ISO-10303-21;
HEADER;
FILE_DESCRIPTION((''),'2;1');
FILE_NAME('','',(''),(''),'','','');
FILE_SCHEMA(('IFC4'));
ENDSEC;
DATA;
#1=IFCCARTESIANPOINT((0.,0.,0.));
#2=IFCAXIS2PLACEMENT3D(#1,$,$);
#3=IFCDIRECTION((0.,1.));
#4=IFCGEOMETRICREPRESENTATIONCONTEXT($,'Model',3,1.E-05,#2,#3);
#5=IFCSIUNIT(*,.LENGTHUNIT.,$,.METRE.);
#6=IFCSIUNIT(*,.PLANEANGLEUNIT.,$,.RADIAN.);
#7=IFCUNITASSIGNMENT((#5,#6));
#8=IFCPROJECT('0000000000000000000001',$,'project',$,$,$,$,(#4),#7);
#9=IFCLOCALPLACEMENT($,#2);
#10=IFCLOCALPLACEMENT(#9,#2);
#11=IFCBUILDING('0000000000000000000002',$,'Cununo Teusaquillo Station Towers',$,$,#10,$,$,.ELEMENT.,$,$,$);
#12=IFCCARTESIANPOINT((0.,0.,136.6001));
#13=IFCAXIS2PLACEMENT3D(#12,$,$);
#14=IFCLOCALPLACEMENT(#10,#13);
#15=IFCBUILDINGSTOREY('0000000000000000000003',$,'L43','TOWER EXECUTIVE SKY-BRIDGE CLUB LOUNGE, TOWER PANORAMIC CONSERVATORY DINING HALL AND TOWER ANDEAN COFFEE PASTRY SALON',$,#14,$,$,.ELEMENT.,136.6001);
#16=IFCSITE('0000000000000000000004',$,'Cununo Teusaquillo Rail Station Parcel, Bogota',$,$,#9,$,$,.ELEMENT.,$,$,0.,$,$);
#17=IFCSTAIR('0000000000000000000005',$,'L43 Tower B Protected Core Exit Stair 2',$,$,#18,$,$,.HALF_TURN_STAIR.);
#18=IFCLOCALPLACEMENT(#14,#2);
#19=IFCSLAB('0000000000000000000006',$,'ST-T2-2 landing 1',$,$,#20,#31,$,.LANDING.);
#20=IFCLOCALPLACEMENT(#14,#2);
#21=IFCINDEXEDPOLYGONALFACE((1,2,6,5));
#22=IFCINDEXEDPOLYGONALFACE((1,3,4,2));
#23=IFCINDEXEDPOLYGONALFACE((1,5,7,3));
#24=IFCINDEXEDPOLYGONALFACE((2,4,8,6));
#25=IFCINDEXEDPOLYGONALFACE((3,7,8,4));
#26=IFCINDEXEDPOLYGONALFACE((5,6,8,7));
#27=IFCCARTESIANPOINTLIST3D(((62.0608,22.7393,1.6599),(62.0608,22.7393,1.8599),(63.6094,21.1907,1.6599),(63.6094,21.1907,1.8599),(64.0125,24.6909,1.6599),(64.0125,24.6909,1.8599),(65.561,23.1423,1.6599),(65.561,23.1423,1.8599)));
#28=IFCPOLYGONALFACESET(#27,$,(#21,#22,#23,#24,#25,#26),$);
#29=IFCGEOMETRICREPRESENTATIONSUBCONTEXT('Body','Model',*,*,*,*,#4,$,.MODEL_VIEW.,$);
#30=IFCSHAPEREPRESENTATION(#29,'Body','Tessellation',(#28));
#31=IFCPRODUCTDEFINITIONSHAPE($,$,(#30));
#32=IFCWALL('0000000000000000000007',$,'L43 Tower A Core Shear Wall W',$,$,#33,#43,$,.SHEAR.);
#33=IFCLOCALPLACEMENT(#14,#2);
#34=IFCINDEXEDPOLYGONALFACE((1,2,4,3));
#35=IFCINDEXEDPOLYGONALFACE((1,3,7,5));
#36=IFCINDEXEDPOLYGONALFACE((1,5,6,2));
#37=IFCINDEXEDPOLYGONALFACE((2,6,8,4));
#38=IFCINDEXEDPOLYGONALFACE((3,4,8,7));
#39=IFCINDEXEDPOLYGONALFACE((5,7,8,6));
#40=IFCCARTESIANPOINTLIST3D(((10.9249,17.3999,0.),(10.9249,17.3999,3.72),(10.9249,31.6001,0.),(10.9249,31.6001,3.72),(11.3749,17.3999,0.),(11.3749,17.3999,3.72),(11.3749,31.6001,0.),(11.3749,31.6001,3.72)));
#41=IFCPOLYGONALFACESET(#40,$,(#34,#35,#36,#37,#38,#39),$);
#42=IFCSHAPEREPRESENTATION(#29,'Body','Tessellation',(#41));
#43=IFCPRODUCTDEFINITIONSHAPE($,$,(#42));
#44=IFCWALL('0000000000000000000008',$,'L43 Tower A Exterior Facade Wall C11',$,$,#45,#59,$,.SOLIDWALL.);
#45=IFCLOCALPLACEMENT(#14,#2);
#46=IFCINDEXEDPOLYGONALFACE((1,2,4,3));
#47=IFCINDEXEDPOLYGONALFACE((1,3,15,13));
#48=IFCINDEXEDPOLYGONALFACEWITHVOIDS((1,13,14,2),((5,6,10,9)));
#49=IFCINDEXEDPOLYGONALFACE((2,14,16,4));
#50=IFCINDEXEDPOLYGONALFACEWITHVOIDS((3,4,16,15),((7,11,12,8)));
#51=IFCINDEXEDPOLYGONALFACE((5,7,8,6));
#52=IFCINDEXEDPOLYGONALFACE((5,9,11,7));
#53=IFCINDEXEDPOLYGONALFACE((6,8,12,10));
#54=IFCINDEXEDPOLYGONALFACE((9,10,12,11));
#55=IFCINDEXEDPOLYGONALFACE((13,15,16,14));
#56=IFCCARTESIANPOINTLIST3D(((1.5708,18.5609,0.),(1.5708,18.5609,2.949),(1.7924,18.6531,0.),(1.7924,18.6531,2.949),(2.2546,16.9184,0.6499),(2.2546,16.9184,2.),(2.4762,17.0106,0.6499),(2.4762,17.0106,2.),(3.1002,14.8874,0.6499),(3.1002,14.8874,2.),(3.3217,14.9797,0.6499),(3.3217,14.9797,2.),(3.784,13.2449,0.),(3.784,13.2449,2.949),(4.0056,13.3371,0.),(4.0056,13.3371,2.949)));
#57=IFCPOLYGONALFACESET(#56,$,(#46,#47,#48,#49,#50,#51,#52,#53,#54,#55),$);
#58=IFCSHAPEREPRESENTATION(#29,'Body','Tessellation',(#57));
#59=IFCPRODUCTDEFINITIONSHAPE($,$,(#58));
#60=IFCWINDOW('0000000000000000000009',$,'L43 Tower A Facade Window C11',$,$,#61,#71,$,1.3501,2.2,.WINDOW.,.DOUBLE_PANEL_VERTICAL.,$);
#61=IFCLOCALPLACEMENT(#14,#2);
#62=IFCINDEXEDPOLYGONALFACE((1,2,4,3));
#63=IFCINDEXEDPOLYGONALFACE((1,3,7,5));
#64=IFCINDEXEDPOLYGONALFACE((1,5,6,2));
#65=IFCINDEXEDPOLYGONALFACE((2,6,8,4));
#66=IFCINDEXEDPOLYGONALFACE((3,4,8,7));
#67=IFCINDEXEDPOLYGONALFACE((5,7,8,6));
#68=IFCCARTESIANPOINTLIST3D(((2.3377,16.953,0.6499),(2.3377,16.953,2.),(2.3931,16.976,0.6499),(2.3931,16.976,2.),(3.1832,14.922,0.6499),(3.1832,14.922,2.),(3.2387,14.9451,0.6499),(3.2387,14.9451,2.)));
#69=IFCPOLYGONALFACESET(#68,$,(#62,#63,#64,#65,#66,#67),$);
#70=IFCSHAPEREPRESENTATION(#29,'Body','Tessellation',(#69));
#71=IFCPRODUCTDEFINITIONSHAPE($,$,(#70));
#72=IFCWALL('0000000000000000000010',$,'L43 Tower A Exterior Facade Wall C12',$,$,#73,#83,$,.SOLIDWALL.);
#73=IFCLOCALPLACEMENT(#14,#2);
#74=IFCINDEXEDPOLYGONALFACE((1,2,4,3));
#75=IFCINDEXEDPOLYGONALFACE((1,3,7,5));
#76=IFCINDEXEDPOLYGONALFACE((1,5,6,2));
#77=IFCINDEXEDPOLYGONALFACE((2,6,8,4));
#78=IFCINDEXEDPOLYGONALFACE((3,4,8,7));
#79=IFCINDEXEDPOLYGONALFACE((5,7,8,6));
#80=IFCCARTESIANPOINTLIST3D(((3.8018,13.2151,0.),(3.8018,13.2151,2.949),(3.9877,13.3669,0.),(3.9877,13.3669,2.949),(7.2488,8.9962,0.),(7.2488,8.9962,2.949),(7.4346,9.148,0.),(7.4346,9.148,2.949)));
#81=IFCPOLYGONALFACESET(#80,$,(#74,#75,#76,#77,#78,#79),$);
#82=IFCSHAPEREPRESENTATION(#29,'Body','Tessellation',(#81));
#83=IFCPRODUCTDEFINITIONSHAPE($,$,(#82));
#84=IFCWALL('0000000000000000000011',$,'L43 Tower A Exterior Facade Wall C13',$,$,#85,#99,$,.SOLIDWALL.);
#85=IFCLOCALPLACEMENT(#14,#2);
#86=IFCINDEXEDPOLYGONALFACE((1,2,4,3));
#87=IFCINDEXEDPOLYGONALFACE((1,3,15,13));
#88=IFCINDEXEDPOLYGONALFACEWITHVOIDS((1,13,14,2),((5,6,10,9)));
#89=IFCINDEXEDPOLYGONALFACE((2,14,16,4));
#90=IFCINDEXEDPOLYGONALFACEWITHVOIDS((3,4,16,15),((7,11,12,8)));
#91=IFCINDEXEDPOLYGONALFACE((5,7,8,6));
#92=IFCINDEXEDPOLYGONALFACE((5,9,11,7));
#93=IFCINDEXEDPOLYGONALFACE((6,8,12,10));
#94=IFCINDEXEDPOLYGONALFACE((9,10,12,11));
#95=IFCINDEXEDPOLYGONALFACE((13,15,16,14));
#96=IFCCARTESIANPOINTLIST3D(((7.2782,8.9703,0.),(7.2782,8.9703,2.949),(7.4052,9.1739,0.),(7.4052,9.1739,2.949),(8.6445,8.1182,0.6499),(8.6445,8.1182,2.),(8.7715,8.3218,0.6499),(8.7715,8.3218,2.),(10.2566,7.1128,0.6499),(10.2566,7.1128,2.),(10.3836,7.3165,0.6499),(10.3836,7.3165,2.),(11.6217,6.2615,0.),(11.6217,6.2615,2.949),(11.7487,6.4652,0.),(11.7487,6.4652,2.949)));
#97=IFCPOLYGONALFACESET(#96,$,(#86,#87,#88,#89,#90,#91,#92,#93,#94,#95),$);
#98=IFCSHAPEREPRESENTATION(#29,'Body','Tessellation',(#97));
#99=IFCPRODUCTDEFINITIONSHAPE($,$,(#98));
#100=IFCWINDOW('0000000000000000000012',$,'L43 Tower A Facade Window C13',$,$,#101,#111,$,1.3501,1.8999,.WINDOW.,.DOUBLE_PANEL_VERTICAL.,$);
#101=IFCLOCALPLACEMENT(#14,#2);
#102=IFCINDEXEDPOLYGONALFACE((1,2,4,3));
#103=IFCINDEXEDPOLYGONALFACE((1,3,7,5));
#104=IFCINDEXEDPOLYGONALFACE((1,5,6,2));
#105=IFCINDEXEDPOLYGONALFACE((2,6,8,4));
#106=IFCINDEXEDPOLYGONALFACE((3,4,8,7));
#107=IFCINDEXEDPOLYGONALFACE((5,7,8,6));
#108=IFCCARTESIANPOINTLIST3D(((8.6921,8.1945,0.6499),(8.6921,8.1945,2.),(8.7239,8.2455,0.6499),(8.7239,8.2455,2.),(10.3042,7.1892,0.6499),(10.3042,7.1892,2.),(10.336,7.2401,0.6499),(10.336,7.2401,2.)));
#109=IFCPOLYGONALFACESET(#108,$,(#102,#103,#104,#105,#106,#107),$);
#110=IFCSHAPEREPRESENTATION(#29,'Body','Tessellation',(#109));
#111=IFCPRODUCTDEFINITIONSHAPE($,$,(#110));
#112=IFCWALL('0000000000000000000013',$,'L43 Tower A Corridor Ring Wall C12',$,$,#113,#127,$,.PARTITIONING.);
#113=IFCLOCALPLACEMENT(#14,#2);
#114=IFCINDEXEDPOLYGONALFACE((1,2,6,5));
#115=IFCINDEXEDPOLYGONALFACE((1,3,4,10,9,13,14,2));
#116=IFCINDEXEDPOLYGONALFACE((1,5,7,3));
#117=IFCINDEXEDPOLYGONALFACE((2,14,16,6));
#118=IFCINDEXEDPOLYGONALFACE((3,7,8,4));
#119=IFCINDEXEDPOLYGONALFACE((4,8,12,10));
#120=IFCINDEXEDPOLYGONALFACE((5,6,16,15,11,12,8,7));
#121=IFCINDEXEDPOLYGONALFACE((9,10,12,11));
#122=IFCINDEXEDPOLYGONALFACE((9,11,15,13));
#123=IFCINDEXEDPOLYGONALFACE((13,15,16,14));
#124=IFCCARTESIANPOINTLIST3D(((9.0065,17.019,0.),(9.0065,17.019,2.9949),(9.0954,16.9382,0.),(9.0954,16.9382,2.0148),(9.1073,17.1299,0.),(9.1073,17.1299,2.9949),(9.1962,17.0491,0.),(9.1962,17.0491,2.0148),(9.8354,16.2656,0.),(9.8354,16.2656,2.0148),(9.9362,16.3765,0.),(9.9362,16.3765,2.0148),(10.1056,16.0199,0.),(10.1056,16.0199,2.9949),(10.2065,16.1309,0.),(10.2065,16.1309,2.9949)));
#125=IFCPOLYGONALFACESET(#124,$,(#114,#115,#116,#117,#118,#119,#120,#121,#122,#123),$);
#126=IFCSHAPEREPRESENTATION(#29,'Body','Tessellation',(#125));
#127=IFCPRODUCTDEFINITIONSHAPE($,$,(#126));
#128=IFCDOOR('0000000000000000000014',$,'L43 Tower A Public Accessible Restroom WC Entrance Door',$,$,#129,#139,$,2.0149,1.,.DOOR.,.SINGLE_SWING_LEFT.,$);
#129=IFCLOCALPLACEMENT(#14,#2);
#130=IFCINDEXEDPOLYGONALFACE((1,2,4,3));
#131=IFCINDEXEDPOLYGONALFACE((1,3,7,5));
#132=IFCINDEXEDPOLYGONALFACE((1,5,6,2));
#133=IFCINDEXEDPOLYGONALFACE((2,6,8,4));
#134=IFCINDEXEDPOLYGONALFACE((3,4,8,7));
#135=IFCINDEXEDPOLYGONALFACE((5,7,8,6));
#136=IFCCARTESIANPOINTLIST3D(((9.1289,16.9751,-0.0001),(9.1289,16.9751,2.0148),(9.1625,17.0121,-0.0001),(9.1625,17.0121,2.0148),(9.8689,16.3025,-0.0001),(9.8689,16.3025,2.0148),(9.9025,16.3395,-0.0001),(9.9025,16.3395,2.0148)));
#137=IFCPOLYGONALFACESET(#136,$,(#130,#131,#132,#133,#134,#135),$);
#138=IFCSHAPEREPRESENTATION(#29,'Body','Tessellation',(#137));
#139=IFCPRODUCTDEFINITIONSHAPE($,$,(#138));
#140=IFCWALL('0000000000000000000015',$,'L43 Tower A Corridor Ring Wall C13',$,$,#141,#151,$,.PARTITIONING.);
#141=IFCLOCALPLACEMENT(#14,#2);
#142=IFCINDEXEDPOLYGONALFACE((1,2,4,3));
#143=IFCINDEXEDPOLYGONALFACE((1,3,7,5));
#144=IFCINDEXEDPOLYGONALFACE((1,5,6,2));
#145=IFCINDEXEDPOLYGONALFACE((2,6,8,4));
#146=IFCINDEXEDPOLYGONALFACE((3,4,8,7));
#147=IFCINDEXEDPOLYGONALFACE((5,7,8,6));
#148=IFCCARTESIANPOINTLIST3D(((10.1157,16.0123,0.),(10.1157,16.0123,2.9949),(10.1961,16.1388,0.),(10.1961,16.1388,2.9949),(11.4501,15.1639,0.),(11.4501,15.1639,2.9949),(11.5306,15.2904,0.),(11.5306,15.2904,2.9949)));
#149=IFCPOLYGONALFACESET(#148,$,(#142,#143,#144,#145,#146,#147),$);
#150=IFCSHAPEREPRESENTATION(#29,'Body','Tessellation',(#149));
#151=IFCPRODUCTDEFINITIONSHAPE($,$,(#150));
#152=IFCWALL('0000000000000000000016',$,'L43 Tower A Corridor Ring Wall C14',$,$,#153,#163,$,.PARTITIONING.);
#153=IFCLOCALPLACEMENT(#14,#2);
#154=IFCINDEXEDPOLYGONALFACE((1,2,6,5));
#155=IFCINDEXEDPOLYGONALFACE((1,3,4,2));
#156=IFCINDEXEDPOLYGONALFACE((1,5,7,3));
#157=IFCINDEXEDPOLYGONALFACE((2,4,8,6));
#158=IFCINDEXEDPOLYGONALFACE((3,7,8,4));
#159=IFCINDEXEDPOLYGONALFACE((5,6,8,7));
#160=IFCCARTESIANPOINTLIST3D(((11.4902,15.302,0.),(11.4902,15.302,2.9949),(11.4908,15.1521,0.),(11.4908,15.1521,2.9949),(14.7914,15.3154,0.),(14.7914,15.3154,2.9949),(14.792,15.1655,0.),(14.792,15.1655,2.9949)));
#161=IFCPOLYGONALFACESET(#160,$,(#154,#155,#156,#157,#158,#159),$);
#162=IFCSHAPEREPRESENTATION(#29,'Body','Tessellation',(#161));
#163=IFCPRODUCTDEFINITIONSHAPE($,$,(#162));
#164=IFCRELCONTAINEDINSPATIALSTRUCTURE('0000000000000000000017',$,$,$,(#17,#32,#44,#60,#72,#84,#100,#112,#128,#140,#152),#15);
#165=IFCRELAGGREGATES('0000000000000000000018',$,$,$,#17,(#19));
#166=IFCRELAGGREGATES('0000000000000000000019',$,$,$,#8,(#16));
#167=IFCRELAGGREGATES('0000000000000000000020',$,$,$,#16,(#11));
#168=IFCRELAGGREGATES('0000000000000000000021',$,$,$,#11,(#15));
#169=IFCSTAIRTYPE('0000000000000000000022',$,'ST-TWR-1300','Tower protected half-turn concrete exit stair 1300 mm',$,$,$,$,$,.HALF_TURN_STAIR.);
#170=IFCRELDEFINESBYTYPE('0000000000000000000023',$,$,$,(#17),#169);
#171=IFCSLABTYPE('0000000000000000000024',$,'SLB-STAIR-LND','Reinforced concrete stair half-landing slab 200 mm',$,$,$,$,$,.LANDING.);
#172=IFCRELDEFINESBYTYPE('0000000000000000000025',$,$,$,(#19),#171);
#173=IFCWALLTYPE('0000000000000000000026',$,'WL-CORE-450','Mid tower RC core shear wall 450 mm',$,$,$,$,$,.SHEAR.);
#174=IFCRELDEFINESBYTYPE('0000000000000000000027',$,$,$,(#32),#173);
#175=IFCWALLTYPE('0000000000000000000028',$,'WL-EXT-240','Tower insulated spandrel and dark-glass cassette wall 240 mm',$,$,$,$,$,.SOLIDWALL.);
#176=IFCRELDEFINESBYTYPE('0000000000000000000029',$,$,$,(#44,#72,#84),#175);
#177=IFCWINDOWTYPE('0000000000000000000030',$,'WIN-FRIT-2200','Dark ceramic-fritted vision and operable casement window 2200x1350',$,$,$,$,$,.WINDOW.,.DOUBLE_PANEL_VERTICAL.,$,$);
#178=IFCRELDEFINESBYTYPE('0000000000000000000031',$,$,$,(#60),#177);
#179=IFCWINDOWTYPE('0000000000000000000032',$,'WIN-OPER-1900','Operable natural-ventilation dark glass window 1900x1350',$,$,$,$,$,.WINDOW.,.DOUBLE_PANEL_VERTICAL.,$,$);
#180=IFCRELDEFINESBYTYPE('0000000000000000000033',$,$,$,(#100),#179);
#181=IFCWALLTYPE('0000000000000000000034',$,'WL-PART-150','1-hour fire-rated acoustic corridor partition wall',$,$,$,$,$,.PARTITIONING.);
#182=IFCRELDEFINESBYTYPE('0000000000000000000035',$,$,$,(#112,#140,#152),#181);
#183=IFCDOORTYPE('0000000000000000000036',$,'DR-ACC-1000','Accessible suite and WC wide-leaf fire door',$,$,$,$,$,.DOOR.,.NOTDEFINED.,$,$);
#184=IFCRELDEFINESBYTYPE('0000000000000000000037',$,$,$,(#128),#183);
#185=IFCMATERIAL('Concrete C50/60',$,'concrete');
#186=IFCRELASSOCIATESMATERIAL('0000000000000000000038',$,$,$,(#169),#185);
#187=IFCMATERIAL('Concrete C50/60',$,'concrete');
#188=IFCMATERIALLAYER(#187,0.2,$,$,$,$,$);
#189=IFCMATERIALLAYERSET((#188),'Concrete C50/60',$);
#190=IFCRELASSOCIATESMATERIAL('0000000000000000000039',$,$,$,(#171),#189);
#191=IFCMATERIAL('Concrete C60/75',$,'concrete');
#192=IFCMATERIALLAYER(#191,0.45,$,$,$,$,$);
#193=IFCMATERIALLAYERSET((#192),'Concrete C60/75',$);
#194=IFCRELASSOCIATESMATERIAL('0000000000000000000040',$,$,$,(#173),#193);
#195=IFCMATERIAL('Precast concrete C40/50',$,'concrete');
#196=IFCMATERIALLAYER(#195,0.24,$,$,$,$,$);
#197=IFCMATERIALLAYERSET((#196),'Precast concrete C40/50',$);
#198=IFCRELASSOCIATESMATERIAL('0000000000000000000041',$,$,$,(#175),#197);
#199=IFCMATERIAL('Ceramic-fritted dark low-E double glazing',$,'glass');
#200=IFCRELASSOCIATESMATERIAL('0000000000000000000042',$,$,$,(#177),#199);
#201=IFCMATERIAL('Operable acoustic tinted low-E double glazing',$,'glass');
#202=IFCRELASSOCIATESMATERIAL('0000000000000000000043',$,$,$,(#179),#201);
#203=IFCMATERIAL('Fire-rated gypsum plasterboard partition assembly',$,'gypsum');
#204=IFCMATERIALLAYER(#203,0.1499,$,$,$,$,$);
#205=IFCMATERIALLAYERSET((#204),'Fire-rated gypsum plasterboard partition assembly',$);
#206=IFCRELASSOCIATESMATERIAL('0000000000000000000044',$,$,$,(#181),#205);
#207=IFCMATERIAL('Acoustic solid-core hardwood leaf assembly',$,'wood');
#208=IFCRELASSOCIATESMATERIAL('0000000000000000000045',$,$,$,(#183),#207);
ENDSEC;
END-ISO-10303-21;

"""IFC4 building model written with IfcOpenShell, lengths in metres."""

from ifc_helpers import new_model, si_unit, direction, frame, frame_2d, origin, place, context, subcontext, project, spatial, polyline, rectangle, outline, extrude, source, transform, mapped, material, layer, layer_set, type_object, element, fill, aggregate, save


model = new_model("IFC4")

# Units and contexts
model_context = context("Model", 3, precision=1e-05, world=origin(), true_north=direction((0.0, 1.0)))
body_context = subcontext(model_context, "Body", "Model", "MODEL_VIEW")
ifc_project = project(units=[si_unit("LENGTHUNIT", "METRE"), si_unit("PLANEANGLEUNIT", "RADIAN")], contexts=[model_context])

# Site, building, storey
site_placement = place(None, origin())
site = spatial("IfcSite", under=ifc_project, at=site_placement, Name="Cununo Teusaquillo Rail Station Parcel, Bogota", CompositionType="ELEMENT", RefElevation=0.0)
building_placement = place(site_placement, origin())
building = spatial("IfcBuilding", under=site, at=building_placement, Name="Cununo Teusaquillo Station Towers", CompositionType="ELEMENT")
storey_placement = place(building_placement, frame((0.0, 0.0, 136.6001)))
storey = spatial("IfcBuildingStorey", under=building, at=storey_placement, Name="L43", Description="TOWER EXECUTIVE SKY-BRIDGE CLUB LOUNGE, TOWER PANORAMIC CONSERVATORY DINING HALL AND TOWER ANDEAN COFFEE PASTRY SALON", CompositionType="ELEMENT", Elevation=136.6001)

# Stair, slab
ifc_material_1 = material(Name="Concrete C50/60", Category="concrete")
stair_type = type_object("IfcStairType", Name="ST-TWR-1300", Description="Tower protected half-turn concrete exit stair 1300 mm", PredefinedType="HALF_TURN_STAIR", material=ifc_material_1)
ifc_material_2 = material(Name="Concrete C50/60", Category="concrete")
ifc_layer_1 = layer(ifc_material_2, 0.2)
ifc_layer_set_1 = layer_set([ifc_layer_1], Name="Concrete C50/60")
slab_type_1 = type_object("IfcSlabType", Name="SLB-STAIR-LND", Description="Reinforced concrete stair half-landing slab 200 mm", PredefinedType="LANDING", material=ifc_layer_set_1)
stair_1_placement = place(storey_placement, origin())
stair_1 = element("IfcStair", 1, at=stair_1_placement, inside=storey, type_object=stair_type, Name="L43 Tower B Protected Core Exit Stair 2", PredefinedType="HALF_TURN_STAIR")
slab_1_placement = place(storey_placement, frame((0.0, 0.0, 1.6599)))
slab_1 = element("IfcSlab", 2, at=slab_1_placement, type_object=slab_type_1, Name="ST-T2-2 landing 1", PredefinedType="LANDING", context=body_context, shape_type="SweptSolid", body=[
    extrude(outline(polyline([(62.0608, 22.7393), (63.6094, 21.1907), (65.561, 23.1423), (64.0125, 24.6909), (62.0608, 22.7393)])), origin(), (0.0, 0.0, 1.0), 0.2),
])
aggregate(stair_1, [slab_1])

# Wall
ifc_material_3 = material(Name="Concrete C60/75", Category="concrete")
ifc_layer_2 = layer(ifc_material_3, 0.45)
ifc_layer_set_2 = layer_set([ifc_layer_2], Name="Concrete C60/75")
wall_type_1 = type_object("IfcWallType", Name="WL-CORE-450", Description="Mid tower RC core shear wall 450 mm", PredefinedType="SHEAR", material=ifc_layer_set_2)
wall_1_placement = place(storey_placement, frame((11.1499, 17.3999, 0.0), z_axis=(0.0, 0.0, 1.0), x_axis=(0.0, 1.0, 0.0)))
element("IfcWall", 3, at=wall_1_placement, inside=storey, type_object=wall_type_1, Name="L43 Tower A Core Shear Wall W", PredefinedType="SHEAR", context=body_context, shape_type="SweptSolid", body=[
    extrude(rectangle(XDim=14.2002, YDim=0.45, at=frame_2d((7.1001, 0.0))), origin(), (0.0, 0.0, 1.0), 3.72),
])

# Wall, opening, window
ifc_material_4 = material(Name="Precast concrete C40/50", Category="concrete")
ifc_layer_3 = layer(ifc_material_4, 0.24)
ifc_layer_set_3 = layer_set([ifc_layer_3], Name="Precast concrete C40/50")
wall_type_2 = type_object("IfcWallType", Name="WL-EXT-240", Description="Tower insulated spandrel and dark-glass cassette wall 240 mm", PredefinedType="SOLIDWALL", material=ifc_layer_set_3)
wall_2_placement = place(storey_placement, frame((3.8948, 13.291, 0.0), z_axis=(0.0, 0.0, 1.0), x_axis=(-0.384344, 0.92319, 0.0)))
wall_2 = element("IfcWall", 4, at=wall_2_placement, inside=storey, type_object=wall_type_2, Name="L43 Tower A Exterior Facade Wall C11", PredefinedType="SOLIDWALL", context=body_context, shape_type="SweptSolid", body=[
    extrude(rectangle(XDim=5.7583, YDim=0.24, at=frame_2d((2.8792, 0.0))), origin(), (0.0, 0.0, 1.0), 2.949),
])
shared_shape_1 = source(origin(), body_context, "Body", "SweptSolid", [
    extrude(rectangle(XDim=2.2, YDim=1.3501, at=frame_2d((1.1001, 0.675))), frame((0.0, 0.1299, 0.0), z_axis=(0.0, -1.0, 0.0), x_axis=(1.0, 0.0, 0.0)), (0.0, 0.0, 1.0), 0.26),
])
opening_1_placement = place(wall_2_placement, frame((1.7791, 0.0, 0.6499)))
opening_1 = element("IfcOpeningElement", 5, at=opening_1_placement, cuts=wall_2, PredefinedType="OPENING", context=body_context, shape_type="MappedRepresentation", body=[
    mapped(shared_shape_1, transform((0.0, 0.0, 0.0), x_axis=(1.0, 0.0, 0.0), y_axis=(0.0, 1.0, 0.0), z_axis=(0.0, 0.0, 1.0), scale=1.0)),
])
ifc_material_5 = material(Name="Ceramic-fritted dark low-E double glazing", Category="glass")
window_type_1 = type_object("IfcWindowType", Name="WIN-FRIT-2200", Description="Dark ceramic-fritted vision and operable casement window 2200x1350", PartitioningType="DOUBLE_PANEL_VERTICAL", PredefinedType="WINDOW", material=ifc_material_5)
shared_shape_2 = source(origin(), body_context, "Body", "SweptSolid", [
    extrude(rectangle(XDim=2.2, YDim=1.3501, at=frame_2d((1.1001, 0.675))), frame((0.0, 0.03, 0.0), z_axis=(0.0, -1.0, 0.0), x_axis=(1.0, 0.0, 0.0)), (0.0, 0.0, 1.0), 0.0601),
])
window_1_placement = place(opening_1_placement, origin())
window_1 = element("IfcWindow", 6, at=window_1_placement, inside=storey, type_object=window_type_1, Name="L43 Tower A Facade Window C11", OverallHeight=1.3501, OverallWidth=2.2, PartitioningType="DOUBLE_PANEL_VERTICAL", PredefinedType="WINDOW", context=body_context, shape_type="MappedRepresentation", body=[
    mapped(shared_shape_2, transform((0.0, 0.0, 0.0), x_axis=(1.0, 0.0, 0.0), y_axis=(0.0, 1.0, 0.0), z_axis=(0.0, 0.0, 1.0), scale=1.0)),
])
fill(opening_1, window_1)

# Wall
wall_3_placement = place(storey_placement, frame((7.3418, 9.072, 0.0), z_axis=(0.0, 0.0, 1.0), x_axis=(-0.632701, 0.774396, 0.0)))
element("IfcWall", 7, at=wall_3_placement, inside=storey, type_object=wall_type_2, Name="L43 Tower A Exterior Facade Wall C12", PredefinedType="SOLIDWALL", context=body_context, shape_type="SweptSolid", body=[
    extrude(rectangle(XDim=5.448, YDim=0.24, at=frame_2d((2.7241, 0.0))), origin(), (0.0, 0.0, 1.0), 2.949),
])

# Wall, opening, window
wall_4_placement = place(storey_placement, frame((11.6853, 6.3633, 0.0), z_axis=(0.0, 0.0, 1.0), x_axis=(-0.84852, 0.529163, 0.0)))
wall_4 = element("IfcWall", 8, at=wall_4_placement, inside=storey, type_object=wall_type_2, Name="L43 Tower A Exterior Facade Wall C13", PredefinedType="SOLIDWALL", context=body_context, shape_type="SweptSolid", body=[
    extrude(rectangle(XDim=5.1189, YDim=0.24, at=frame_2d((2.5596, 0.0))), origin(), (0.0, 0.0, 1.0), 2.949),
])
shared_shape_3 = source(origin(), body_context, "Body", "SweptSolid", [
    extrude(rectangle(XDim=1.8999, YDim=1.3501, at=frame_2d((0.95, 0.675))), frame((0.0, 0.1299, 0.0), z_axis=(0.0, -1.0, 0.0), x_axis=(1.0, 0.0, 0.0)), (0.0, 0.0, 1.0), 0.26),
])
opening_2_placement = place(wall_4_placement, frame((1.6089, 0.0, 0.6499)))
opening_2 = element("IfcOpeningElement", 9, at=opening_2_placement, cuts=wall_4, PredefinedType="OPENING", context=body_context, shape_type="MappedRepresentation", body=[
    mapped(shared_shape_3, transform((0.0, 0.0, 0.0), x_axis=(1.0, 0.0, 0.0), y_axis=(0.0, 1.0, 0.0), z_axis=(0.0, 0.0, 1.0), scale=1.0)),
])
ifc_material_6 = material(Name="Operable acoustic tinted low-E double glazing", Category="glass")
window_type_2 = type_object("IfcWindowType", Name="WIN-OPER-1900", Description="Operable natural-ventilation dark glass window 1900x1350", PartitioningType="DOUBLE_PANEL_VERTICAL", PredefinedType="WINDOW", material=ifc_material_6)
shared_shape_4 = source(origin(), body_context, "Body", "SweptSolid", [
    extrude(rectangle(XDim=1.8999, YDim=1.3501, at=frame_2d((0.95, 0.675))), frame((0.0, 0.03, 0.0), z_axis=(0.0, -1.0, 0.0), x_axis=(1.0, 0.0, 0.0)), (0.0, 0.0, 1.0), 0.0601),
])
window_2_placement = place(opening_2_placement, origin())
window_2 = element("IfcWindow", 10, at=window_2_placement, inside=storey, type_object=window_type_2, Name="L43 Tower A Facade Window C13", OverallHeight=1.3501, OverallWidth=1.8999, PartitioningType="DOUBLE_PANEL_VERTICAL", PredefinedType="WINDOW", context=body_context, shape_type="MappedRepresentation", body=[
    mapped(shared_shape_4, transform((0.0, 0.0, 0.0), x_axis=(1.0, 0.0, 0.0), y_axis=(0.0, 1.0, 0.0), z_axis=(0.0, 0.0, 1.0), scale=1.0)),
])
fill(opening_2, window_2)

# Wall, opening, door
ifc_material_7 = material(Name="Fire-rated gypsum plasterboard partition assembly", Category="gypsum")
ifc_layer_4 = layer(ifc_material_7, 0.1499)
ifc_layer_set_4 = layer_set([ifc_layer_4], Name="Fire-rated gypsum plasterboard partition assembly")
wall_type_3 = type_object("IfcWallType", Name="WL-PART-150", Description="1-hour fire-rated acoustic corridor partition wall", PredefinedType="PARTITIONING", material=ifc_layer_set_4)
wall_5_placement = place(storey_placement, frame((9.0569, 17.0745, 0.0), z_axis=(0.0, 0.0, 1.0), x_axis=(0.74, -0.672607, 0.0)))
wall_5 = element("IfcWall", 11, at=wall_5_placement, inside=storey, type_object=wall_type_3, Name="L43 Tower A Corridor Ring Wall C12", PredefinedType="PARTITIONING", context=body_context, shape_type="SweptSolid", body=[
    extrude(rectangle(XDim=1.4854, YDim=0.1499, at=frame_2d((0.7427, 0.0))), origin(), (0.0, 0.0, 1.0), 2.9949),
])
shared_shape_5 = source(origin(), body_context, "Body", "SweptSolid", [
    extrude(rectangle(XDim=1.0, YDim=2.0149, at=frame_2d((0.5, 1.0073))), frame((0.0, 0.085, 0.0), z_axis=(0.0, -1.0, 0.0), x_axis=(1.0, 0.0, 0.0)), (0.0, 0.0, 1.0), 0.1699),
])
opening_3_placement = place(wall_5_placement, frame((0.1201, 0.0, 0.0)))
opening_3 = element("IfcOpeningElement", 12, at=opening_3_placement, cuts=wall_5, PredefinedType="OPENING", context=body_context, shape_type="MappedRepresentation", body=[
    mapped(shared_shape_5, transform((0.0, 0.0, 0.0), x_axis=(1.0, 0.0, 0.0), y_axis=(0.0, 1.0, 0.0), z_axis=(0.0, 0.0, 1.0), scale=1.0)),
])
ifc_material_8 = material(Name="Acoustic solid-core hardwood leaf assembly", Category="wood")
door_type = type_object("IfcDoorType", Name="DR-ACC-1000", Description="Accessible suite and WC wide-leaf fire door", OperationType="NOTDEFINED", PredefinedType="DOOR", material=ifc_material_8)
shared_shape_6 = source(origin(), body_context, "Body", "SweptSolid", [
    extrude(rectangle(XDim=1.0, YDim=2.0149, at=frame_2d((0.5, 1.0073))), frame((0.0, 0.0249, 0.0), z_axis=(0.0, -1.0, 0.0), x_axis=(1.0, 0.0, 0.0)), (0.0, 0.0, 1.0), 0.05),
])
door_placement = place(opening_3_placement, origin())
door = element("IfcDoor", 13, at=door_placement, inside=storey, type_object=door_type, Name="L43 Tower A Public Accessible Restroom WC Entrance Door", OperationType="SINGLE_SWING_LEFT", OverallHeight=2.0149, OverallWidth=1.0, PredefinedType="DOOR", context=body_context, shape_type="MappedRepresentation", body=[
    mapped(shared_shape_6, transform((0.0, 0.0, 0.0), x_axis=(1.0, 0.0, 0.0), y_axis=(0.0, 1.0, 0.0), z_axis=(0.0, 0.0, 1.0), scale=1.0)),
])
fill(opening_3, door)

# Walls
wall_6_placement = place(storey_placement, frame((10.156, 16.0754, 0.0), z_axis=(0.0, 0.0, 1.0), x_axis=(0.843897, -0.536506, 0.0)))
element("IfcWall", 14, at=wall_6_placement, inside=storey, type_object=wall_type_3, Name="L43 Tower A Corridor Ring Wall C13", PredefinedType="PARTITIONING", context=body_context, shape_type="SweptSolid", body=[
    extrude(rectangle(XDim=1.5813, YDim=0.1499, at=frame_2d((0.7905, 0.0))), origin(), (0.0, 0.0, 1.0), 2.9949),
])
wall_7_placement = place(storey_placement, frame((11.4905, 15.2271, 0.0), z_axis=(0.0, 0.0, 1.0), x_axis=(0.999992, 0.004067, 0.0)))
element("IfcWall", 15, at=wall_7_placement, inside=storey, type_object=wall_type_3, Name="L43 Tower A Corridor Ring Wall C14", PredefinedType="PARTITIONING", context=body_context, shape_type="SweptSolid", body=[
    extrude(rectangle(XDim=3.3013, YDim=0.1499, at=frame_2d((1.6506, 0.0))), origin(), (0.0, 0.0, 1.0), 2.9949),
])

save(model, "model.ifc")
